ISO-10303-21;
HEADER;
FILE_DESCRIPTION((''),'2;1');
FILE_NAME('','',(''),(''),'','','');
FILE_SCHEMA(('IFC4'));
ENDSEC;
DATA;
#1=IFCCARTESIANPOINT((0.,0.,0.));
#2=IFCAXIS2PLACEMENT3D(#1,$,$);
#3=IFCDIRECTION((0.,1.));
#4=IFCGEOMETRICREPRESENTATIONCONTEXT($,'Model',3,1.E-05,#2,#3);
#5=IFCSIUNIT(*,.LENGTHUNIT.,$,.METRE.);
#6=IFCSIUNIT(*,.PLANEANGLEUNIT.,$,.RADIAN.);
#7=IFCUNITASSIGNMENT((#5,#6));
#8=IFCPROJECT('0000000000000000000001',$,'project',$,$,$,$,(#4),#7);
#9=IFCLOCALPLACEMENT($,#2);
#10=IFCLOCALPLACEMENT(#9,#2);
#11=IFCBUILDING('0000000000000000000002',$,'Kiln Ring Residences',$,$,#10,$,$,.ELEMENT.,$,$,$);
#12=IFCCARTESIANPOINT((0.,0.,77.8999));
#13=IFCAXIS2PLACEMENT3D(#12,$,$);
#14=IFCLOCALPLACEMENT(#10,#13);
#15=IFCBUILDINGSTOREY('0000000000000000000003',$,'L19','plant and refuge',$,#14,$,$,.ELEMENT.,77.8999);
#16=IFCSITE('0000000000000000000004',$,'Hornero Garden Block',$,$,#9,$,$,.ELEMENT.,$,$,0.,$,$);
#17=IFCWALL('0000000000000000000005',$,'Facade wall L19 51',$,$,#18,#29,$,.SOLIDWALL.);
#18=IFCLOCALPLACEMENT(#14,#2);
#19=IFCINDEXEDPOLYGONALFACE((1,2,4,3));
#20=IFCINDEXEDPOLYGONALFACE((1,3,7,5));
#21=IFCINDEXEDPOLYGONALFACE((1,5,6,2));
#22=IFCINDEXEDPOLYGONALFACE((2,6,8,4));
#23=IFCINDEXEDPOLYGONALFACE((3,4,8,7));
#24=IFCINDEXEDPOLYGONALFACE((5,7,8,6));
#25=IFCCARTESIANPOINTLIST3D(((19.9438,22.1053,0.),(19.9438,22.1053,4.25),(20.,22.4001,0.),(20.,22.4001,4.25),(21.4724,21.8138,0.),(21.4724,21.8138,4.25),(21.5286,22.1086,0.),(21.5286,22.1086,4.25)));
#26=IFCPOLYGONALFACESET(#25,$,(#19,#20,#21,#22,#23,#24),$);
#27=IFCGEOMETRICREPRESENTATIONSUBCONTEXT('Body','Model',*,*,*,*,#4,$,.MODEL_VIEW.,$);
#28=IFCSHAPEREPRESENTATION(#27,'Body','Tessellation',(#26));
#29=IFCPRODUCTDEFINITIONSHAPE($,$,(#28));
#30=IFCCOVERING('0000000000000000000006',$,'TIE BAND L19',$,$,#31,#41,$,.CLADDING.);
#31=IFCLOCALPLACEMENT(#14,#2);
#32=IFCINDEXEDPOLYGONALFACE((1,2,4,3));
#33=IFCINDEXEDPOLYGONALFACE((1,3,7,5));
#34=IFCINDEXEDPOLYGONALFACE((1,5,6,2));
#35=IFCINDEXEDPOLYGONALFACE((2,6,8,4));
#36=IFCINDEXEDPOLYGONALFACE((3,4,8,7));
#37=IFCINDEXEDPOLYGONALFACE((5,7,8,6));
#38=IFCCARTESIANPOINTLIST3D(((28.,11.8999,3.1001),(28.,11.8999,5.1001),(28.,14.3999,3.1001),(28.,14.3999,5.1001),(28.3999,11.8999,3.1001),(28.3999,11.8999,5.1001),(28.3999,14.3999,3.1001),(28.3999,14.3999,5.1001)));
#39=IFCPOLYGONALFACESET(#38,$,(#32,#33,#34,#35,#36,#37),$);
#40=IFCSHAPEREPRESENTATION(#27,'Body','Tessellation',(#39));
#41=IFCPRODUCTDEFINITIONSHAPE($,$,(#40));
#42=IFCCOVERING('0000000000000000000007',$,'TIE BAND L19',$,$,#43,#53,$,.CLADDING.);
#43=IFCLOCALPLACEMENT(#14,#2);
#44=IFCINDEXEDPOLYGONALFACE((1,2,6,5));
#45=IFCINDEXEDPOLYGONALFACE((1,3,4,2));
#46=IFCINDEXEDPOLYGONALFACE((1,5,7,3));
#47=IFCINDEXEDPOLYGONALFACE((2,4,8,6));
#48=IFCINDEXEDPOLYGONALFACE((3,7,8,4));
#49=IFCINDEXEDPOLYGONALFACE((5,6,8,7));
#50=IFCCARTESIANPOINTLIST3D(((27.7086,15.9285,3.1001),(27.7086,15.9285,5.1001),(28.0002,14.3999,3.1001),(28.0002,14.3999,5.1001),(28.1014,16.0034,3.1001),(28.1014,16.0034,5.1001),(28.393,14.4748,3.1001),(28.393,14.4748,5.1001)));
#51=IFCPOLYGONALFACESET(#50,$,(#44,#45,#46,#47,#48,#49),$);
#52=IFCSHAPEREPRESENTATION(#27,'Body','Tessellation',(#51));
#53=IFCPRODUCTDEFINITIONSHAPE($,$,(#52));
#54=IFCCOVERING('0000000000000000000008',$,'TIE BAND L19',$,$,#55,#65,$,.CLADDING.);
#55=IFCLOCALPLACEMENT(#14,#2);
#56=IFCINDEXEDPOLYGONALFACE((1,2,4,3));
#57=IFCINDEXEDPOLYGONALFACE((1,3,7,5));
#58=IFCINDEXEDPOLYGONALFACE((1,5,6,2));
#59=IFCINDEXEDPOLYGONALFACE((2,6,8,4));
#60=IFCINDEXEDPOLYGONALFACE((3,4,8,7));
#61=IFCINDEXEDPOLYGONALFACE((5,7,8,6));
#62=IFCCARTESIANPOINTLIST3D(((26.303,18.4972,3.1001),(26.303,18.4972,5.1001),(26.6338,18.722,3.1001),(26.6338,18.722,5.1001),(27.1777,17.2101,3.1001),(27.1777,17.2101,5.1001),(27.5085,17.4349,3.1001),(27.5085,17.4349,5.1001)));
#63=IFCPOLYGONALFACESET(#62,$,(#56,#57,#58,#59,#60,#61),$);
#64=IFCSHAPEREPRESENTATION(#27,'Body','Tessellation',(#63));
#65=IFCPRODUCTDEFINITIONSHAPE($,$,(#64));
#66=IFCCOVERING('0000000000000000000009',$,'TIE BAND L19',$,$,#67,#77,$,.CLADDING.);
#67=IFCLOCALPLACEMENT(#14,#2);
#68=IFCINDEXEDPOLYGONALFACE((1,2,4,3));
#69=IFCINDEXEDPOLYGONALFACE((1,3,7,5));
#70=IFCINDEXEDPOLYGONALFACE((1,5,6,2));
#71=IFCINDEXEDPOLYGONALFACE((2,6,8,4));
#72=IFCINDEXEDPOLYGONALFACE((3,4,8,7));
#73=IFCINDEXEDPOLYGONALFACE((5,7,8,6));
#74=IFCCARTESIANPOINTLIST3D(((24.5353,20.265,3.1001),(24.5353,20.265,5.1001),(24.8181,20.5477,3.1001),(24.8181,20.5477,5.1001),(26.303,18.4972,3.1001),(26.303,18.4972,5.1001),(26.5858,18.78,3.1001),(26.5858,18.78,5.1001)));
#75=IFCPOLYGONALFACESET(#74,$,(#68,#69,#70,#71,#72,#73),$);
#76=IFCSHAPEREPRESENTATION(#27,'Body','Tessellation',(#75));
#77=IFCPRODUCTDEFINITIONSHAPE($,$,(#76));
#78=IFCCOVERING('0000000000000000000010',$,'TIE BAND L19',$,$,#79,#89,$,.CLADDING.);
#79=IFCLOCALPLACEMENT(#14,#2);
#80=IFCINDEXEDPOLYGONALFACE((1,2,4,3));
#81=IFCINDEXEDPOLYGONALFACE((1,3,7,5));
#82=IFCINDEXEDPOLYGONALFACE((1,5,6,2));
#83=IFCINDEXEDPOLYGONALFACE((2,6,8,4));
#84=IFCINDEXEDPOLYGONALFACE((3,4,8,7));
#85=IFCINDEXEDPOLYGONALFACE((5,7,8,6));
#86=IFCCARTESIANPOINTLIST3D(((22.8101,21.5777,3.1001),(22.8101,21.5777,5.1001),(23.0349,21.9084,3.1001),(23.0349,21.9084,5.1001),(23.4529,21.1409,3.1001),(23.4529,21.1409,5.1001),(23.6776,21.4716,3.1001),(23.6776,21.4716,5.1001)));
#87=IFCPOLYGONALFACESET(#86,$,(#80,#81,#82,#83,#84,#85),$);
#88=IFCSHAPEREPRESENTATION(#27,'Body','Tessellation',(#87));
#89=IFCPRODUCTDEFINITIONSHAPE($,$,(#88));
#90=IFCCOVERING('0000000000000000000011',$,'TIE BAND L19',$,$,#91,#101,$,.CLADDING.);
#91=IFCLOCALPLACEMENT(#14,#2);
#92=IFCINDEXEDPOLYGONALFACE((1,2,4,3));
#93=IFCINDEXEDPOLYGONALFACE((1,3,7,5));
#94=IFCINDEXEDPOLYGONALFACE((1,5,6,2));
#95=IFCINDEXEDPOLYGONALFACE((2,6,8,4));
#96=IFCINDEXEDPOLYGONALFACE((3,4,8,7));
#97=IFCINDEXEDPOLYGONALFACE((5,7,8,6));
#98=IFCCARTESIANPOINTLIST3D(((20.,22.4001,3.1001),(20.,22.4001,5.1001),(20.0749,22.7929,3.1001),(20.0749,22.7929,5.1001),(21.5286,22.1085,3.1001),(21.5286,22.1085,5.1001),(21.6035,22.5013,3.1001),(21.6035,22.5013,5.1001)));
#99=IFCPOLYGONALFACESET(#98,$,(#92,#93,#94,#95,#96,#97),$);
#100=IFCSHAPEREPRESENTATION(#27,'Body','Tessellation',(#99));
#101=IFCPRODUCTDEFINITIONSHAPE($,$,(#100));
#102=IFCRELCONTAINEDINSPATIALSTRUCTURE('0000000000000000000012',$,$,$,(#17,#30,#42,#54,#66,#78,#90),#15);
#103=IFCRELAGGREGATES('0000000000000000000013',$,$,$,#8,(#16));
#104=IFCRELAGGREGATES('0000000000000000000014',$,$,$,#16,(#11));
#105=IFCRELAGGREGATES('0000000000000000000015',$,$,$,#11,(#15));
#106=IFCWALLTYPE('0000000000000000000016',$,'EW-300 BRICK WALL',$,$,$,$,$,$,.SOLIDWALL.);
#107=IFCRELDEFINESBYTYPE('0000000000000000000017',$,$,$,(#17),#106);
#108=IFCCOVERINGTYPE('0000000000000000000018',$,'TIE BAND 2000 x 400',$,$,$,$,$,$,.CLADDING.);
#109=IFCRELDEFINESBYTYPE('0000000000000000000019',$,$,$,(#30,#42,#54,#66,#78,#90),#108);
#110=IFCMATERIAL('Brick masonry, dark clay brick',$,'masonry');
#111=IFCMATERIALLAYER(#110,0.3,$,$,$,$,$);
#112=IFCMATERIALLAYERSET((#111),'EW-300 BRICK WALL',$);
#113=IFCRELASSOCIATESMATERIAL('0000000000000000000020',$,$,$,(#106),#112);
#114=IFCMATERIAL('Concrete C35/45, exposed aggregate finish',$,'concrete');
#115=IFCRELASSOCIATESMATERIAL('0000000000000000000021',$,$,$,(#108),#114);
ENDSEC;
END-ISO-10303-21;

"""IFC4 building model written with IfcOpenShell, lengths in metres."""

from ifc_helpers import new_model, si_unit, direction, frame, frame_2d, origin, origin_2d, place, context, subcontext, project, spatial, rectangle, extrude, material, layer, layer_set, type_object, element, save


model = new_model("IFC4")

# Units and contexts
model_context = context("Model", 3, precision=1e-05, world=origin(), true_north=direction((0.0, 1.0)))
body_context = subcontext(model_context, "Body", "Model", "MODEL_VIEW")
ifc_project = project(units=[si_unit("LENGTHUNIT", "METRE"), si_unit("PLANEANGLEUNIT", "RADIAN")], contexts=[model_context])

# Site, building, storey
site_placement = place(None, origin())
site = spatial("IfcSite", under=ifc_project, at=site_placement, Name="Hornero Garden Block", CompositionType="ELEMENT", RefElevation=0.0)
building_placement = place(site_placement, origin())
building = spatial("IfcBuilding", under=site, at=building_placement, Name="Kiln Ring Residences", CompositionType="ELEMENT")
storey_placement = place(building_placement, frame((0.0, 0.0, 77.8999)))
storey = spatial("IfcBuildingStorey", under=building, at=storey_placement, Name="L19", Description="plant and refuge", CompositionType="ELEMENT", Elevation=77.8999)

# Wall
ifc_material_1 = material(Name="Brick masonry, dark clay brick", Category="masonry")
ifc_layer_1 = layer(ifc_material_1, 0.3)
ifc_layer_set_1 = layer_set([ifc_layer_1], Name="EW-300 BRICK WALL")
wall_type_1 = type_object("IfcWallType", Name="EW-300 BRICK WALL", PredefinedType="SOLIDWALL", material=ifc_layer_set_1)
wall_1_placement = place(storey_placement, frame((21.5005, 21.9612, 0.0), z_axis=(0.0, 0.0, 1.0), x_axis=(-0.982297, 0.187328, 0.0)))
element("IfcWall", 1, at=wall_1_placement, inside=storey, type_object=wall_type_1, Name="Facade wall L19 51", PredefinedType="SOLIDWALL", context=body_context, shape_type="SweptSolid", body=[
    extrude(rectangle(XDim=1.5562, YDim=0.3, at=frame_2d((0.7781, 0.0))), origin(), (0.0, 0.0, 1.0), 4.25),
])

# Coverings
ifc_material_2 = material(Name="Concrete C35/45, exposed aggregate finish", Category="concrete")
covering_type = type_object("IfcCoveringType", Name="TIE BAND 2000 x 400", PredefinedType="CLADDING", material=ifc_material_2)
covering_1_placement = place(storey_placement, frame((28.2, 13.1499, 3.1001), z_axis=(0.0, 0.0, 1.0), x_axis=(0.0, 1.0, 0.0)))
element("IfcCovering", 2, at=covering_1_placement, inside=storey, type_object=covering_type, Name="TIE BAND L19", PredefinedType="CLADDING", context=body_context, shape_type="SweptSolid", body=[
    extrude(rectangle(XDim=2.5, YDim=0.3999, at=origin_2d()), origin(), (0.0, 0.0, 1.0), 2.0),
])
for number, where, z_axis, x_axis, name in (
    (3, (28.0508, 15.2017, 3.1001), (0.0, 0.0, 1.0), (-0.187366, 0.98229, 0.0), "TIE BAND L19"),
    (4, (26.9058, 17.9661, 3.1001), (0.0, 0.0, 1.0), (-0.562097, 0.827072, 0.0), "TIE BAND L19"),
):
    element("IfcCovering", number, at=place(storey_placement, frame(where, z_axis=z_axis, x_axis=x_axis)), inside=storey, type_object=covering_type, Name=name, PredefinedType="CLADDING", context=body_context, shape_type="SweptSolid", body=[
        extrude(rectangle(XDim=1.5562, YDim=0.3999, at=origin_2d()), origin(), (0.0, 0.0, 1.0), 2.0),
    ])
covering_2_placement = place(storey_placement, frame((25.5605, 19.5225, 3.1001), z_axis=(0.0, 0.0, 1.0), x_axis=(-0.707107, 0.707107, 0.0)))
element("IfcCovering", 5, at=covering_2_placement, inside=storey, type_object=covering_type, Name="TIE BAND L19", PredefinedType="CLADDING", context=body_context, shape_type="SweptSolid", body=[
    extrude(rectangle(XDim=2.5, YDim=0.3999, at=origin_2d()), origin(), (0.0, 0.0, 1.0), 2.0),
])
covering_3_placement = place(storey_placement, frame((23.2439, 21.5247, 3.1001), z_axis=(0.0, 0.0, 1.0), x_axis=(-0.827072, 0.562097, 0.0)))
element("IfcCovering", 6, at=covering_3_placement, inside=storey, type_object=covering_type, Name="TIE BAND L19", PredefinedType="CLADDING", context=body_context, shape_type="SweptSolid", body=[
    extrude(rectangle(XDim=0.7771, YDim=0.3999, at=origin_2d()), origin(), (0.0, 0.0, 1.0), 2.0),
])
covering_4_placement = place(storey_placement, frame((20.8018, 22.4507, 3.1001), z_axis=(0.0, 0.0, 1.0), x_axis=(-0.98229, 0.187366, 0.0)))
element("IfcCovering", 7, at=covering_4_placement, inside=storey, type_object=covering_type, Name="TIE BAND L19", PredefinedType="CLADDING", context=body_context, shape_type="SweptSolid", body=[
    extrude(rectangle(XDim=1.5562, YDim=0.3999, at=origin_2d()), origin(), (0.0, 0.0, 1.0), 2.0),
])

save(model, "model.ifc")
